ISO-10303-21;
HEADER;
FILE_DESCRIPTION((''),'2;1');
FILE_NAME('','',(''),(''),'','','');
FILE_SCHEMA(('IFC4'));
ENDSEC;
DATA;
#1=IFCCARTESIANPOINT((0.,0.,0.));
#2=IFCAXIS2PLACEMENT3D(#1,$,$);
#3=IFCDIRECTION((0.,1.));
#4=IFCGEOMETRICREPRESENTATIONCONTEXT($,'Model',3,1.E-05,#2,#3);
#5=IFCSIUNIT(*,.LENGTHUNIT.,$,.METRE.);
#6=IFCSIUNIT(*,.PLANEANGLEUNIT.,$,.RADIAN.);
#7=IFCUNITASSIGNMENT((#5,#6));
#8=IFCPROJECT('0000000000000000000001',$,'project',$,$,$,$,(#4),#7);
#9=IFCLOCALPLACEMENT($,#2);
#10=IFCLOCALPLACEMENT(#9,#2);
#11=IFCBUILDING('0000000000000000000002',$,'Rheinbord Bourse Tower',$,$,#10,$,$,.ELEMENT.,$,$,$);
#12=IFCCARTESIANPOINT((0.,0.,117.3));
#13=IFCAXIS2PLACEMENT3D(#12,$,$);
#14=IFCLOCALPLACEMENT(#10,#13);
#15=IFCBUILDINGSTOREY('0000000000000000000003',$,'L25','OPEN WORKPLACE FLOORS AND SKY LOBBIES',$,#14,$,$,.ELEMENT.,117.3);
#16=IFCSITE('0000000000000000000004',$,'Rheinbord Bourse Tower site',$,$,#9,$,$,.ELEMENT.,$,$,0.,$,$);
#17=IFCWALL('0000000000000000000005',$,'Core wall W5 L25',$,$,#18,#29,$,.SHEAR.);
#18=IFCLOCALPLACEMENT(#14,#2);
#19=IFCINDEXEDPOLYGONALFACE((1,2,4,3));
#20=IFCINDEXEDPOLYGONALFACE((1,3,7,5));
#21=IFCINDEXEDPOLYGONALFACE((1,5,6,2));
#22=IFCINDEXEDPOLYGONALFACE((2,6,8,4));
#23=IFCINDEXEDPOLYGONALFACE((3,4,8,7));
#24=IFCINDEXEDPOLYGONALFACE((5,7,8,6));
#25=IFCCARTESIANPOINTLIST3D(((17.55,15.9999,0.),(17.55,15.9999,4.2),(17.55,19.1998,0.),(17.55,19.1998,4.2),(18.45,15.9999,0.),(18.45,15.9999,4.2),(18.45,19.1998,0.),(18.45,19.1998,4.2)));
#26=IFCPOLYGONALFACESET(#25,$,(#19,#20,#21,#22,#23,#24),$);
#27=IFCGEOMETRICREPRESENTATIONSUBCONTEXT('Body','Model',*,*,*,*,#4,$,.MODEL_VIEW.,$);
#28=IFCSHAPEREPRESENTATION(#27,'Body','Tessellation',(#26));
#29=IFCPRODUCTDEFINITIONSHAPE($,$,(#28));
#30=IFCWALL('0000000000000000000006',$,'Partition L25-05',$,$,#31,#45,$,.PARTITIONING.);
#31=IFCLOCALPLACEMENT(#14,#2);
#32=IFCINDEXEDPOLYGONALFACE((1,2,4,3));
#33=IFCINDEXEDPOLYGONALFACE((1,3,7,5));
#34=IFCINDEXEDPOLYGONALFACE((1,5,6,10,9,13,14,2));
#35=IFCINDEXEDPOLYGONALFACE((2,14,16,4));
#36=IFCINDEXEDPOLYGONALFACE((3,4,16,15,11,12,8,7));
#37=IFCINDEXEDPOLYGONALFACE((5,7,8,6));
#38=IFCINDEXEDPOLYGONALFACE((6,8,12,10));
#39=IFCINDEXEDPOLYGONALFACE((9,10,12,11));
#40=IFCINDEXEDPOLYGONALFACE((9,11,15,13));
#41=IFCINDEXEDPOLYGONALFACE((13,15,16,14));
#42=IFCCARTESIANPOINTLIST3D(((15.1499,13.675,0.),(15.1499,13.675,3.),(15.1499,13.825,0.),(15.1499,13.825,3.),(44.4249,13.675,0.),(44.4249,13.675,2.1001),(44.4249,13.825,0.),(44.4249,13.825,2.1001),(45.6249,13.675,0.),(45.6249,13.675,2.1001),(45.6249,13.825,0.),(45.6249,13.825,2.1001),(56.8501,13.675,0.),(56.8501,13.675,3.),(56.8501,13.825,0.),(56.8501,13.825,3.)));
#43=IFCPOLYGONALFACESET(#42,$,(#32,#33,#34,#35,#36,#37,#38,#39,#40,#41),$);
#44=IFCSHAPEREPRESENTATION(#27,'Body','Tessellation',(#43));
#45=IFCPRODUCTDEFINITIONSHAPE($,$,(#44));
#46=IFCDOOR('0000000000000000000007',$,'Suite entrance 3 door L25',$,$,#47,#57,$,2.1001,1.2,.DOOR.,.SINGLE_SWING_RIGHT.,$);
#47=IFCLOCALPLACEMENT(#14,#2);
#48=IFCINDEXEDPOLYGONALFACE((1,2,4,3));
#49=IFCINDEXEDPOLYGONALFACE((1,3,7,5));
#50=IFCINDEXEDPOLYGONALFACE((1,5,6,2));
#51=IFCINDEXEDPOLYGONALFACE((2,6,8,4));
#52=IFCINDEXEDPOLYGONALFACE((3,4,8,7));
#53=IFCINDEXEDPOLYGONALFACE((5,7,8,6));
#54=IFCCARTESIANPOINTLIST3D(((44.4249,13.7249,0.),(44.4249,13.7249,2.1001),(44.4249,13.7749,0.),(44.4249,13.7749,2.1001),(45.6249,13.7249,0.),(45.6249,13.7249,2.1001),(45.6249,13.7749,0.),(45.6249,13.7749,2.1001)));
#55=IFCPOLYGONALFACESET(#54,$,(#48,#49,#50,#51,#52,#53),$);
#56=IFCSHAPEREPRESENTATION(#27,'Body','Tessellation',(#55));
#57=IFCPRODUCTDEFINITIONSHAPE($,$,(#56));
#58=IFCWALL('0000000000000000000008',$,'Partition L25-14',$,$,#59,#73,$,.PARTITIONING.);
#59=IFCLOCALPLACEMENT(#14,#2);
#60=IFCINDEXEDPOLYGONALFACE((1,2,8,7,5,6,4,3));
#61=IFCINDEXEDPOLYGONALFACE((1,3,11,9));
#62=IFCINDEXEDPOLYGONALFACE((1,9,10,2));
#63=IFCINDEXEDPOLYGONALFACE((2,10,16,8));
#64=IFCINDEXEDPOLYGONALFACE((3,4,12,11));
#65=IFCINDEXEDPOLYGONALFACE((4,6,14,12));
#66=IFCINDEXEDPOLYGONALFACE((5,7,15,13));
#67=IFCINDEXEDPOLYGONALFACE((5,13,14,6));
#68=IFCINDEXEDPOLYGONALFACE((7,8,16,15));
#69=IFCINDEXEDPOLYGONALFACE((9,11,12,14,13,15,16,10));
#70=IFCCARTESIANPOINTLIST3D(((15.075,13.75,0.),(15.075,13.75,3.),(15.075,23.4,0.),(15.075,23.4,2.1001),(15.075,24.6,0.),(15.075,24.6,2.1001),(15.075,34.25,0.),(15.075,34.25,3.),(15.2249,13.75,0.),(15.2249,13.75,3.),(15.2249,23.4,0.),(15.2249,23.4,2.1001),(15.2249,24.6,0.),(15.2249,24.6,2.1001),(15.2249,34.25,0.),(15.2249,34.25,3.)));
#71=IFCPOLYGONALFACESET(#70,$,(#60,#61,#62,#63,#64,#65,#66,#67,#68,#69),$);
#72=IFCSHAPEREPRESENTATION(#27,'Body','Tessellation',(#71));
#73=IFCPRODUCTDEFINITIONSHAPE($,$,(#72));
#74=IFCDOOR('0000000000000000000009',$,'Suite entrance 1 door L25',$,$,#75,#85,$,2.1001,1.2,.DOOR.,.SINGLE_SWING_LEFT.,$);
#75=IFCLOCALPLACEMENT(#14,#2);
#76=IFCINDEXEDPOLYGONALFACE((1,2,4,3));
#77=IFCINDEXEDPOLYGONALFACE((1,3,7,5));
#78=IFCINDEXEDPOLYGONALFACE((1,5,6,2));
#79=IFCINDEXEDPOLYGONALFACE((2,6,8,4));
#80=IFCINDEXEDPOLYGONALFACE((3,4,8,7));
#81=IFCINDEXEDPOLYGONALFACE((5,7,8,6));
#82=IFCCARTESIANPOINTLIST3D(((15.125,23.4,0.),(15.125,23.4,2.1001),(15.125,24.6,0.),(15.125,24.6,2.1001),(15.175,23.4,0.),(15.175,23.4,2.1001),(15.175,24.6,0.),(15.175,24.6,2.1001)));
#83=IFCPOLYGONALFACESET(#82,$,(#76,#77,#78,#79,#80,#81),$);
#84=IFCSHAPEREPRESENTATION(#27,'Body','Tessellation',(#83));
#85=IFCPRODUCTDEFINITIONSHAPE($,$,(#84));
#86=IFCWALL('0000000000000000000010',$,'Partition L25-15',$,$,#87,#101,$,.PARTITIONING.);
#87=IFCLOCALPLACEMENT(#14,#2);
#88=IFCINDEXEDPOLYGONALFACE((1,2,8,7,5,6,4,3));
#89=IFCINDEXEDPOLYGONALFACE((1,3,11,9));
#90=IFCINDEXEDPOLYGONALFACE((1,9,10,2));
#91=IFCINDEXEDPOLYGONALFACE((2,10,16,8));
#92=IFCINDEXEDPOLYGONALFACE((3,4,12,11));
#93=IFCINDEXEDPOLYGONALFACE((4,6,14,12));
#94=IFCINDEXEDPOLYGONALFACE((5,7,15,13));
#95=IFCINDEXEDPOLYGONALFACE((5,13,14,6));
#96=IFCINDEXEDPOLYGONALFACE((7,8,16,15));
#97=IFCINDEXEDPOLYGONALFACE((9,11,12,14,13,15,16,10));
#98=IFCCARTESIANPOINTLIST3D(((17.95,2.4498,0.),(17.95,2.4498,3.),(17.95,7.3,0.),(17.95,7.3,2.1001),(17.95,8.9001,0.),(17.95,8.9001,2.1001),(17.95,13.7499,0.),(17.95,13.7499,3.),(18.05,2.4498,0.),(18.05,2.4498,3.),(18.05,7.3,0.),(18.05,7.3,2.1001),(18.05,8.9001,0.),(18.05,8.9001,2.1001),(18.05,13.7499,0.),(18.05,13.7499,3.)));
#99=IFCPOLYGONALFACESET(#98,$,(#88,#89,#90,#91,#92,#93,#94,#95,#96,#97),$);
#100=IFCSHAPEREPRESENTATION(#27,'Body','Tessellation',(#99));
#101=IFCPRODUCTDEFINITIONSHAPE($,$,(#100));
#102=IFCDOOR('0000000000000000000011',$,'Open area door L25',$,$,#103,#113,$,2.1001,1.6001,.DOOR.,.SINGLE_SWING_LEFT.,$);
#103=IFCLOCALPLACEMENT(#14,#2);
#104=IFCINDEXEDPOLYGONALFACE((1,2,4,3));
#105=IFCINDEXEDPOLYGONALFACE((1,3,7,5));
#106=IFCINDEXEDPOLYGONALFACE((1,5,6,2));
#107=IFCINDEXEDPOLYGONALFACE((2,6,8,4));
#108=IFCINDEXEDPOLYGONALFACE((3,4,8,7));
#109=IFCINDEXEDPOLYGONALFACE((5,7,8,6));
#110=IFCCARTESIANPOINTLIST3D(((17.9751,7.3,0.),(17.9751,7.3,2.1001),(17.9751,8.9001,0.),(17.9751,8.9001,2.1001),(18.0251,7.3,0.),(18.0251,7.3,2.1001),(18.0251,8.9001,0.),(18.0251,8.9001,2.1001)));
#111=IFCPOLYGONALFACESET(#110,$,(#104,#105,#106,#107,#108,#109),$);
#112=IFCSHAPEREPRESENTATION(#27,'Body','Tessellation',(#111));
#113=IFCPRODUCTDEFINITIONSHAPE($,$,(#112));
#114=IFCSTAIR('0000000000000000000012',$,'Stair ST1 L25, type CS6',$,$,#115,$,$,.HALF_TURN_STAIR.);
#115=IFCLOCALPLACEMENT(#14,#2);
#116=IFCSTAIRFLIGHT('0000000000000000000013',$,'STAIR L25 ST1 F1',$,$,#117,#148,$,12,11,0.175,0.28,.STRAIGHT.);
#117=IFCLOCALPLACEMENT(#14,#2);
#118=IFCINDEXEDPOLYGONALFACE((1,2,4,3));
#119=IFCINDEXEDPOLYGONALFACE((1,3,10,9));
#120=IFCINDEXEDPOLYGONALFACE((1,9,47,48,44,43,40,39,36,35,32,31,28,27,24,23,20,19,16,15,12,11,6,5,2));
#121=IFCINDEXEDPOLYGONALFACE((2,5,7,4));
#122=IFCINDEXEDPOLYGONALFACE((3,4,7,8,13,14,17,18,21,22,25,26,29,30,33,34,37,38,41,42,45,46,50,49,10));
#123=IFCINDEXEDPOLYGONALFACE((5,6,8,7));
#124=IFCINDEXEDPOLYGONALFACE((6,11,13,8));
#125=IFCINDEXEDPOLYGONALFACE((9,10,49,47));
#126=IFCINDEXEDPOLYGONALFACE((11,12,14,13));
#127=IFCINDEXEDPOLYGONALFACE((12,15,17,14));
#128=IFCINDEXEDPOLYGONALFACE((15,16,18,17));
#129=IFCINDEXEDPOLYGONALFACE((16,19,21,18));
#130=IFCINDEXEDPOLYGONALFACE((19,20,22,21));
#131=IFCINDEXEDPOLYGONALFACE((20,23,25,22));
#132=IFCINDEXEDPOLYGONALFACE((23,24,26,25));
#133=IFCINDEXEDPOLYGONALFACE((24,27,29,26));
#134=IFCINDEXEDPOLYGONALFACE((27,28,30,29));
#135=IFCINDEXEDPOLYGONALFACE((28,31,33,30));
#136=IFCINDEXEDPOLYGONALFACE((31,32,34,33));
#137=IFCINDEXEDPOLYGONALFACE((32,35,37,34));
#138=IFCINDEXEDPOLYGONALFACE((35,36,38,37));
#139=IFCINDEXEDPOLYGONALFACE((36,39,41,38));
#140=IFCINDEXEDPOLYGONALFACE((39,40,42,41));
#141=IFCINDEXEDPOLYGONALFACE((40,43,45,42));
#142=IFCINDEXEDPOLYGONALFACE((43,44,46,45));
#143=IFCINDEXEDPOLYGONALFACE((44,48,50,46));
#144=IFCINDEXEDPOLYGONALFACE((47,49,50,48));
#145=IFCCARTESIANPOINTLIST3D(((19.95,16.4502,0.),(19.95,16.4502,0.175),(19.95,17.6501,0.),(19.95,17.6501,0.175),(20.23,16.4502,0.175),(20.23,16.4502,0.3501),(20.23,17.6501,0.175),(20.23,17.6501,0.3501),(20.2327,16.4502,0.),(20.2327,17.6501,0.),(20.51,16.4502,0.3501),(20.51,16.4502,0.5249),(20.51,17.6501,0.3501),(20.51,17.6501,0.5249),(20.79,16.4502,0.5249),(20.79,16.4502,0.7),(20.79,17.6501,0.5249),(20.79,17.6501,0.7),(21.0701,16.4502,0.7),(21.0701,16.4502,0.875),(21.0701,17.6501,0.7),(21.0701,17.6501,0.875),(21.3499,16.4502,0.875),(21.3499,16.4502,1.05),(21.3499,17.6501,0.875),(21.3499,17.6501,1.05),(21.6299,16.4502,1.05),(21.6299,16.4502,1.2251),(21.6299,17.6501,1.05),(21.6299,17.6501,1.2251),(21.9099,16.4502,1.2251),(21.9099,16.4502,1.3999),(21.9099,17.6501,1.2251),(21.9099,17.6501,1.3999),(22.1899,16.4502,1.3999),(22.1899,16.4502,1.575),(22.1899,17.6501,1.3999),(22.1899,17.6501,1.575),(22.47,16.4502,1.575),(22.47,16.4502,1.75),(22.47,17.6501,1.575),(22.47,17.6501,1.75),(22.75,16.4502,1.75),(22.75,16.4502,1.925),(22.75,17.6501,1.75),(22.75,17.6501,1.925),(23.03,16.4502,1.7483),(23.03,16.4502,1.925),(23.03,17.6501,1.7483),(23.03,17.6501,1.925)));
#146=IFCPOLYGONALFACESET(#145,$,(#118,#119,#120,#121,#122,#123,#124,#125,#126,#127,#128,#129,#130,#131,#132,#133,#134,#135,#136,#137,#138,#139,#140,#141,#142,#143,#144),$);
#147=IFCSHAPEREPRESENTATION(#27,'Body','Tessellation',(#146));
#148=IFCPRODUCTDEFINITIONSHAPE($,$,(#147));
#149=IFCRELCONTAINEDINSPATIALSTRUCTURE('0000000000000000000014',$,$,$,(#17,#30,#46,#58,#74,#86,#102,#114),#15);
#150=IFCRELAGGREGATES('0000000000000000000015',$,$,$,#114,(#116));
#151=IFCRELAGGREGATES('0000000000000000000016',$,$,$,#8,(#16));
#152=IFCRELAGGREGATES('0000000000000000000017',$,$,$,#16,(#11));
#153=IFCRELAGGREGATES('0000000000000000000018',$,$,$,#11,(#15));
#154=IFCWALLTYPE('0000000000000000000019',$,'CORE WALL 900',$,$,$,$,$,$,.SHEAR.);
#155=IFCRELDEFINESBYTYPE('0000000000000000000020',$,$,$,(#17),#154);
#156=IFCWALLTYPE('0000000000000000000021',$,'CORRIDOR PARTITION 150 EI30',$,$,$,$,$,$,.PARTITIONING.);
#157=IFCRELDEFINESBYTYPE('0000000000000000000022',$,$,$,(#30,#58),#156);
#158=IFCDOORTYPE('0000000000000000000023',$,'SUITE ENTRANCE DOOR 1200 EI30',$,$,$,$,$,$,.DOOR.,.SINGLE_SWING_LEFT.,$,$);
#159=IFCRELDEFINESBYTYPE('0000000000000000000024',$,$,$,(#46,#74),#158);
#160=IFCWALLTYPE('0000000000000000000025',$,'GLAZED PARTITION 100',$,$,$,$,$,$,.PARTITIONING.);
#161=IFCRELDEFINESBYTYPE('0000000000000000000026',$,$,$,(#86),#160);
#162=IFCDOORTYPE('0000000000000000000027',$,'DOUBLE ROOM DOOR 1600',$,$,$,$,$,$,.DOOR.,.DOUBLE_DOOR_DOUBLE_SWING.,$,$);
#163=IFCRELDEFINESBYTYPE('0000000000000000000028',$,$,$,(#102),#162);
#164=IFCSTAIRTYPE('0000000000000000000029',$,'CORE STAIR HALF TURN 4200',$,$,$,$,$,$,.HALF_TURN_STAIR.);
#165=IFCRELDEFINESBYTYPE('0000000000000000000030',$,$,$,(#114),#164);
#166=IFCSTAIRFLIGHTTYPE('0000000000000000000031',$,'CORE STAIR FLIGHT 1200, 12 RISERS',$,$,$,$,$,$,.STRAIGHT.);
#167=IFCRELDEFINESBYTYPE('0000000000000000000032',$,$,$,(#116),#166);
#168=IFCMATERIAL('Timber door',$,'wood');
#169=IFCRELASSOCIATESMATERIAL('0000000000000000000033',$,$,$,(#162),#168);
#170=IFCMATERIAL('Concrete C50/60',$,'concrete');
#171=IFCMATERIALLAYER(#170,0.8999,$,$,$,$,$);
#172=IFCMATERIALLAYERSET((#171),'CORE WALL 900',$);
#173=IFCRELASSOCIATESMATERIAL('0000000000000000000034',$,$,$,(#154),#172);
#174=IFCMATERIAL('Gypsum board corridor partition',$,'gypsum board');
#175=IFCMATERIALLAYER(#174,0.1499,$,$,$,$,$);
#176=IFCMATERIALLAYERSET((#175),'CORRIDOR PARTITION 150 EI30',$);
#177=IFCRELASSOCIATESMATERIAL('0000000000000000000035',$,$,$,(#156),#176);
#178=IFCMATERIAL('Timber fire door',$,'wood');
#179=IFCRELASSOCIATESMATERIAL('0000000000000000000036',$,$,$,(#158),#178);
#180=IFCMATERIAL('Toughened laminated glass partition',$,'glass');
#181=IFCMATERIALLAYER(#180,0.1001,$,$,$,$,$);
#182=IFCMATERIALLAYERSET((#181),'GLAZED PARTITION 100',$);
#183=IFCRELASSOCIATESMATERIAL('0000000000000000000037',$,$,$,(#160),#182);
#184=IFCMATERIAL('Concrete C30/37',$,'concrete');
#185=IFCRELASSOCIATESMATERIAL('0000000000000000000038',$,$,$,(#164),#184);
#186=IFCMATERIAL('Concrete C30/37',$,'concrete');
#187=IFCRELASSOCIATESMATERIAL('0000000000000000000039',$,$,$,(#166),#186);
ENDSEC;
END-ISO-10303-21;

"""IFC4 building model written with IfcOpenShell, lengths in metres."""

from ifc_helpers import new_model, si_unit, direction, frame, frame_2d, origin, place, context, subcontext, project, spatial, polyline, rectangle, outline, extrude, material, layer, layer_set, type_object, element, fill, aggregate, save


model = new_model("IFC4")

# Units and contexts
model_context = context("Model", 3, precision=1e-05, world=origin(), true_north=direction((0.0, 1.0)))
body_context = subcontext(model_context, "Body", "Model", "MODEL_VIEW")
ifc_project = project(units=[si_unit("LENGTHUNIT", "METRE"), si_unit("PLANEANGLEUNIT", "RADIAN")], contexts=[model_context])

# Site, building, storey
site_placement = place(None, origin())
site = spatial("IfcSite", under=ifc_project, at=site_placement, Name="Rheinbord Bourse Tower site", CompositionType="ELEMENT", RefElevation=0.0)
building_placement = place(site_placement, origin())
building = spatial("IfcBuilding", under=site, at=building_placement, Name="Rheinbord Bourse Tower", CompositionType="ELEMENT")
storey_placement = place(building_placement, frame((0.0, 0.0, 117.3)))
storey = spatial("IfcBuildingStorey", under=building, at=storey_placement, Name="L25", Description="OPEN WORKPLACE FLOORS AND SKY LOBBIES", CompositionType="ELEMENT", Elevation=117.3)

# Shared definitions
ifc_material_1 = material(Name="Timber door", Category="wood")
door_type_1 = type_object("IfcDoorType", Name="DOUBLE ROOM DOOR 1600", OperationType="DOUBLE_DOOR_DOUBLE_SWING", PredefinedType="DOOR", material=ifc_material_1)

# Wall
ifc_material_2 = material(Name="Concrete C50/60", Category="concrete")
ifc_layer_1 = layer(ifc_material_2, 0.8999)
ifc_layer_set_1 = layer_set([ifc_layer_1], Name="CORE WALL 900")
wall_type_1 = type_object("IfcWallType", Name="CORE WALL 900", PredefinedType="SHEAR", material=ifc_layer_set_1)
wall_1_placement = place(storey_placement, frame((18.0, 19.2, 0.0), z_axis=(0.0, 0.0, 1.0), x_axis=(0.0, -1.0, 0.0)))
element("IfcWall", 1, at=wall_1_placement, inside=storey, type_object=wall_type_1, Name="Core wall W5 L25", PredefinedType="SHEAR", context=body_context, shape_type="SweptSolid", body=[
    extrude(rectangle(XDim=3.2, YDim=0.8999, at=frame_2d((1.6001, 0.0))), origin(), (0.0, 0.0, 1.0), 4.2),
])

# Walls, openings, doors
ifc_material_3 = material(Name="Gypsum board corridor partition", Category="gypsum board")
ifc_layer_2 = layer(ifc_material_3, 0.1499)
ifc_layer_set_2 = layer_set([ifc_layer_2], Name="CORRIDOR PARTITION 150 EI30")
wall_type_2 = type_object("IfcWallType", Name="CORRIDOR PARTITION 150 EI30", PredefinedType="PARTITIONING", material=ifc_layer_set_2)
wall_2_placement = place(storey_placement, frame((15.1499, 13.75, 0.0), z_axis=(0.0, 0.0, 1.0), x_axis=(1.0, 0.0, 0.0)))
wall_2 = element("IfcWall", 2, at=wall_2_placement, inside=storey, type_object=wall_type_2, Name="Partition L25-05", PredefinedType="PARTITIONING", context=body_context, shape_type="SweptSolid", body=[
    extrude(rectangle(XDim=41.7002, YDim=0.1499, at=frame_2d((20.8501, 0.0))), origin(), (0.0, 0.0, 1.0), 3.0),
])
opening_1_placement = place(wall_2_placement, frame((29.2749, 0.0, 0.0)))
opening_1 = element("IfcOpeningElement", 3, at=opening_1_placement, cuts=wall_2, PredefinedType="OPENING", context=body_context, shape_type="SweptSolid", body=[
    extrude(rectangle(XDim=1.2, YDim=2.1001, at=frame_2d((0.6001, 1.05))), frame((0.0, 0.085, 0.0), z_axis=(0.0, -1.0, 0.0), x_axis=(1.0, 0.0, 0.0)), (0.0, 0.0, 1.0), 0.1699),
])
ifc_material_4 = material(Name="Timber fire door", Category="wood")
door_type_2 = type_object("IfcDoorType", Name="SUITE ENTRANCE DOOR 1200 EI30", OperationType="SINGLE_SWING_LEFT", PredefinedType="DOOR", material=ifc_material_4)
door_1_placement = place(opening_1_placement, origin())
door_1 = element("IfcDoor", 4, at=door_1_placement, inside=storey, type_object=door_type_2, Name="Suite entrance 3 door L25", OperationType="SINGLE_SWING_RIGHT", OverallHeight=2.1001, OverallWidth=1.2, PredefinedType="DOOR", context=body_context, shape_type="SweptSolid", body=[
    extrude(rectangle(XDim=1.2, YDim=2.1001, at=frame_2d((0.6001, 1.05))), frame((0.0, 0.0249, 0.0), z_axis=(0.0, -1.0, 0.0), x_axis=(1.0, 0.0, 0.0)), (0.0, 0.0, 1.0), 0.05),
])
fill(opening_1, door_1)
wall_3_placement = place(storey_placement, frame((15.1499, 13.75, 0.0), z_axis=(0.0, 0.0, 1.0), x_axis=(0.0, 1.0, 0.0)))
wall_3 = element("IfcWall", 5, at=wall_3_placement, inside=storey, type_object=wall_type_2, Name="Partition L25-14", PredefinedType="PARTITIONING", context=body_context, shape_type="SweptSolid", body=[
    extrude(rectangle(XDim=20.5, YDim=0.1499, at=frame_2d((10.25, 0.0))), origin(), (0.0, 0.0, 1.0), 3.0),
])
opening_2_placement = place(wall_3_placement, frame((9.6499, 0.0, 0.0)))
opening_2 = element("IfcOpeningElement", 6, at=opening_2_placement, cuts=wall_3, PredefinedType="OPENING", context=body_context, shape_type="SweptSolid", body=[
    extrude(rectangle(XDim=1.2, YDim=2.1001, at=frame_2d((0.6001, 1.05))), frame((0.0, 0.085, 0.0), z_axis=(0.0, -1.0, 0.0), x_axis=(1.0, 0.0, 0.0)), (0.0, 0.0, 1.0), 0.1699),
])
door_2_placement = place(opening_2_placement, origin())
door_2 = element("IfcDoor", 7, at=door_2_placement, inside=storey, type_object=door_type_2, Name="Suite entrance 1 door L25", OperationType="SINGLE_SWING_LEFT", OverallHeight=2.1001, OverallWidth=1.2, PredefinedType="DOOR", context=body_context, shape_type="SweptSolid", body=[
    extrude(rectangle(XDim=1.2, YDim=2.1001, at=frame_2d((0.6001, 1.05))), frame((0.0, 0.0249, 0.0), z_axis=(0.0, -1.0, 0.0), x_axis=(1.0, 0.0, 0.0)), (0.0, 0.0, 1.0), 0.05),
])
fill(opening_2, door_2)
ifc_material_5 = material(Name="Toughened laminated glass partition", Category="glass")
ifc_layer_3 = layer(ifc_material_5, 0.1001)
ifc_layer_set_3 = layer_set([ifc_layer_3], Name="GLAZED PARTITION 100")
wall_type_3 = type_object("IfcWallType", Name="GLAZED PARTITION 100", PredefinedType="PARTITIONING", material=ifc_layer_set_3)
wall_4_placement = place(storey_placement, frame((18.0, 2.45, 0.0), z_axis=(0.0, 0.0, 1.0), x_axis=(0.0, 1.0, 0.0)))
wall_4 = element("IfcWall", 8, at=wall_4_placement, inside=storey, type_object=wall_type_3, Name="Partition L25-15", PredefinedType="PARTITIONING", context=body_context, shape_type="SweptSolid", body=[
    extrude(rectangle(XDim=11.3, YDim=0.1001, at=frame_2d((5.6499, 0.0))), origin(), (0.0, 0.0, 1.0), 3.0),
])
opening_3_placement = place(wall_4_placement, frame((4.8501, 0.0, 0.0)))
opening_3 = element("IfcOpeningElement", 9, at=opening_3_placement, cuts=wall_4, PredefinedType="OPENING", context=body_context, shape_type="SweptSolid", body=[
    extrude(rectangle(XDim=1.6001, YDim=2.1001, at=frame_2d((0.8, 1.05))), frame((0.0, 0.0601, 0.0), z_axis=(0.0, -1.0, 0.0), x_axis=(1.0, 0.0, 0.0)), (0.0, 0.0, 1.0), 0.1201),
])
door_3_placement = place(opening_3_placement, origin())
door_3 = element("IfcDoor", 10, at=door_3_placement, inside=storey, type_object=door_type_1, Name="Open area door L25", OperationType="SINGLE_SWING_LEFT", OverallHeight=2.1001, OverallWidth=1.6001, PredefinedType="DOOR", context=body_context, shape_type="SweptSolid", body=[
    extrude(rectangle(XDim=1.6001, YDim=2.1001, at=frame_2d((0.8, 1.05))), frame((0.0, 0.0249, 0.0), z_axis=(0.0, -1.0, 0.0), x_axis=(1.0, 0.0, 0.0)), (0.0, 0.0, 1.0), 0.05),
])
fill(opening_3, door_3)

# Stair, stair flight
ifc_material_6 = material(Name="Concrete C30/37", Category="concrete")
stair_type = type_object("IfcStairType", Name="CORE STAIR HALF TURN 4200", PredefinedType="HALF_TURN_STAIR", material=ifc_material_6)
stair_placement = place(storey_placement, origin())
stair = element("IfcStair", 11, at=stair_placement, inside=storey, type_object=stair_type, Name="Stair ST1 L25, type CS6", PredefinedType="HALF_TURN_STAIR")
ifc_material_7 = material(Name="Concrete C30/37", Category="concrete")
stair_flight_type = type_object("IfcStairFlightType", Name="CORE STAIR FLIGHT 1200, 12 RISERS", PredefinedType="STRAIGHT", material=ifc_material_7)
stair_flight_1_placement = place(storey_placement, frame((19.95, 17.05, 0.0), z_axis=(0.0, 0.0, 1.0), x_axis=(1.0, 0.0, 0.0)))
stair_flight_1 = element("IfcStairFlight", 12, at=stair_flight_1_placement, type_object=stair_flight_type, Name="STAIR L25 ST1 F1", NumberOfRisers=12, NumberOfTreads=11, PredefinedType="STRAIGHT", RiserHeight=0.175, TreadLength=0.28, context=body_context, shape_type="SweptSolid", body=[
    extrude(outline(polyline([(0.0, 0.0), (0.0, 0.175), (0.28, 0.175), (0.28, 0.3501), (0.5601, 0.3501), (0.5601, 0.5249), (0.8401, 0.5249), (0.8401, 0.7), (1.1201, 0.7), (1.1201, 0.875), (1.3999, 0.875), (1.3999, 1.05), (1.6799, 1.05), (1.6799, 1.2251), (1.96, 1.2251), (1.96, 1.3999), (2.24, 1.3999), (2.24, 1.575), (2.52, 1.575), (2.52, 1.75), (2.8, 1.75), (2.8, 1.925), (3.0801, 1.925), (3.0801, 2.1001), (3.0801, 1.7483), (0.2827, 0.0), (0.0, 0.0)])), frame((0.0, 0.6001, 0.0), z_axis=(0.0, -1.0, 0.0), x_axis=(1.0, 0.0, 0.0)), (0.0, 0.0, 1.0), 1.2),
])
aggregate(stair, [stair_flight_1])

save(model, "model.ifc")
